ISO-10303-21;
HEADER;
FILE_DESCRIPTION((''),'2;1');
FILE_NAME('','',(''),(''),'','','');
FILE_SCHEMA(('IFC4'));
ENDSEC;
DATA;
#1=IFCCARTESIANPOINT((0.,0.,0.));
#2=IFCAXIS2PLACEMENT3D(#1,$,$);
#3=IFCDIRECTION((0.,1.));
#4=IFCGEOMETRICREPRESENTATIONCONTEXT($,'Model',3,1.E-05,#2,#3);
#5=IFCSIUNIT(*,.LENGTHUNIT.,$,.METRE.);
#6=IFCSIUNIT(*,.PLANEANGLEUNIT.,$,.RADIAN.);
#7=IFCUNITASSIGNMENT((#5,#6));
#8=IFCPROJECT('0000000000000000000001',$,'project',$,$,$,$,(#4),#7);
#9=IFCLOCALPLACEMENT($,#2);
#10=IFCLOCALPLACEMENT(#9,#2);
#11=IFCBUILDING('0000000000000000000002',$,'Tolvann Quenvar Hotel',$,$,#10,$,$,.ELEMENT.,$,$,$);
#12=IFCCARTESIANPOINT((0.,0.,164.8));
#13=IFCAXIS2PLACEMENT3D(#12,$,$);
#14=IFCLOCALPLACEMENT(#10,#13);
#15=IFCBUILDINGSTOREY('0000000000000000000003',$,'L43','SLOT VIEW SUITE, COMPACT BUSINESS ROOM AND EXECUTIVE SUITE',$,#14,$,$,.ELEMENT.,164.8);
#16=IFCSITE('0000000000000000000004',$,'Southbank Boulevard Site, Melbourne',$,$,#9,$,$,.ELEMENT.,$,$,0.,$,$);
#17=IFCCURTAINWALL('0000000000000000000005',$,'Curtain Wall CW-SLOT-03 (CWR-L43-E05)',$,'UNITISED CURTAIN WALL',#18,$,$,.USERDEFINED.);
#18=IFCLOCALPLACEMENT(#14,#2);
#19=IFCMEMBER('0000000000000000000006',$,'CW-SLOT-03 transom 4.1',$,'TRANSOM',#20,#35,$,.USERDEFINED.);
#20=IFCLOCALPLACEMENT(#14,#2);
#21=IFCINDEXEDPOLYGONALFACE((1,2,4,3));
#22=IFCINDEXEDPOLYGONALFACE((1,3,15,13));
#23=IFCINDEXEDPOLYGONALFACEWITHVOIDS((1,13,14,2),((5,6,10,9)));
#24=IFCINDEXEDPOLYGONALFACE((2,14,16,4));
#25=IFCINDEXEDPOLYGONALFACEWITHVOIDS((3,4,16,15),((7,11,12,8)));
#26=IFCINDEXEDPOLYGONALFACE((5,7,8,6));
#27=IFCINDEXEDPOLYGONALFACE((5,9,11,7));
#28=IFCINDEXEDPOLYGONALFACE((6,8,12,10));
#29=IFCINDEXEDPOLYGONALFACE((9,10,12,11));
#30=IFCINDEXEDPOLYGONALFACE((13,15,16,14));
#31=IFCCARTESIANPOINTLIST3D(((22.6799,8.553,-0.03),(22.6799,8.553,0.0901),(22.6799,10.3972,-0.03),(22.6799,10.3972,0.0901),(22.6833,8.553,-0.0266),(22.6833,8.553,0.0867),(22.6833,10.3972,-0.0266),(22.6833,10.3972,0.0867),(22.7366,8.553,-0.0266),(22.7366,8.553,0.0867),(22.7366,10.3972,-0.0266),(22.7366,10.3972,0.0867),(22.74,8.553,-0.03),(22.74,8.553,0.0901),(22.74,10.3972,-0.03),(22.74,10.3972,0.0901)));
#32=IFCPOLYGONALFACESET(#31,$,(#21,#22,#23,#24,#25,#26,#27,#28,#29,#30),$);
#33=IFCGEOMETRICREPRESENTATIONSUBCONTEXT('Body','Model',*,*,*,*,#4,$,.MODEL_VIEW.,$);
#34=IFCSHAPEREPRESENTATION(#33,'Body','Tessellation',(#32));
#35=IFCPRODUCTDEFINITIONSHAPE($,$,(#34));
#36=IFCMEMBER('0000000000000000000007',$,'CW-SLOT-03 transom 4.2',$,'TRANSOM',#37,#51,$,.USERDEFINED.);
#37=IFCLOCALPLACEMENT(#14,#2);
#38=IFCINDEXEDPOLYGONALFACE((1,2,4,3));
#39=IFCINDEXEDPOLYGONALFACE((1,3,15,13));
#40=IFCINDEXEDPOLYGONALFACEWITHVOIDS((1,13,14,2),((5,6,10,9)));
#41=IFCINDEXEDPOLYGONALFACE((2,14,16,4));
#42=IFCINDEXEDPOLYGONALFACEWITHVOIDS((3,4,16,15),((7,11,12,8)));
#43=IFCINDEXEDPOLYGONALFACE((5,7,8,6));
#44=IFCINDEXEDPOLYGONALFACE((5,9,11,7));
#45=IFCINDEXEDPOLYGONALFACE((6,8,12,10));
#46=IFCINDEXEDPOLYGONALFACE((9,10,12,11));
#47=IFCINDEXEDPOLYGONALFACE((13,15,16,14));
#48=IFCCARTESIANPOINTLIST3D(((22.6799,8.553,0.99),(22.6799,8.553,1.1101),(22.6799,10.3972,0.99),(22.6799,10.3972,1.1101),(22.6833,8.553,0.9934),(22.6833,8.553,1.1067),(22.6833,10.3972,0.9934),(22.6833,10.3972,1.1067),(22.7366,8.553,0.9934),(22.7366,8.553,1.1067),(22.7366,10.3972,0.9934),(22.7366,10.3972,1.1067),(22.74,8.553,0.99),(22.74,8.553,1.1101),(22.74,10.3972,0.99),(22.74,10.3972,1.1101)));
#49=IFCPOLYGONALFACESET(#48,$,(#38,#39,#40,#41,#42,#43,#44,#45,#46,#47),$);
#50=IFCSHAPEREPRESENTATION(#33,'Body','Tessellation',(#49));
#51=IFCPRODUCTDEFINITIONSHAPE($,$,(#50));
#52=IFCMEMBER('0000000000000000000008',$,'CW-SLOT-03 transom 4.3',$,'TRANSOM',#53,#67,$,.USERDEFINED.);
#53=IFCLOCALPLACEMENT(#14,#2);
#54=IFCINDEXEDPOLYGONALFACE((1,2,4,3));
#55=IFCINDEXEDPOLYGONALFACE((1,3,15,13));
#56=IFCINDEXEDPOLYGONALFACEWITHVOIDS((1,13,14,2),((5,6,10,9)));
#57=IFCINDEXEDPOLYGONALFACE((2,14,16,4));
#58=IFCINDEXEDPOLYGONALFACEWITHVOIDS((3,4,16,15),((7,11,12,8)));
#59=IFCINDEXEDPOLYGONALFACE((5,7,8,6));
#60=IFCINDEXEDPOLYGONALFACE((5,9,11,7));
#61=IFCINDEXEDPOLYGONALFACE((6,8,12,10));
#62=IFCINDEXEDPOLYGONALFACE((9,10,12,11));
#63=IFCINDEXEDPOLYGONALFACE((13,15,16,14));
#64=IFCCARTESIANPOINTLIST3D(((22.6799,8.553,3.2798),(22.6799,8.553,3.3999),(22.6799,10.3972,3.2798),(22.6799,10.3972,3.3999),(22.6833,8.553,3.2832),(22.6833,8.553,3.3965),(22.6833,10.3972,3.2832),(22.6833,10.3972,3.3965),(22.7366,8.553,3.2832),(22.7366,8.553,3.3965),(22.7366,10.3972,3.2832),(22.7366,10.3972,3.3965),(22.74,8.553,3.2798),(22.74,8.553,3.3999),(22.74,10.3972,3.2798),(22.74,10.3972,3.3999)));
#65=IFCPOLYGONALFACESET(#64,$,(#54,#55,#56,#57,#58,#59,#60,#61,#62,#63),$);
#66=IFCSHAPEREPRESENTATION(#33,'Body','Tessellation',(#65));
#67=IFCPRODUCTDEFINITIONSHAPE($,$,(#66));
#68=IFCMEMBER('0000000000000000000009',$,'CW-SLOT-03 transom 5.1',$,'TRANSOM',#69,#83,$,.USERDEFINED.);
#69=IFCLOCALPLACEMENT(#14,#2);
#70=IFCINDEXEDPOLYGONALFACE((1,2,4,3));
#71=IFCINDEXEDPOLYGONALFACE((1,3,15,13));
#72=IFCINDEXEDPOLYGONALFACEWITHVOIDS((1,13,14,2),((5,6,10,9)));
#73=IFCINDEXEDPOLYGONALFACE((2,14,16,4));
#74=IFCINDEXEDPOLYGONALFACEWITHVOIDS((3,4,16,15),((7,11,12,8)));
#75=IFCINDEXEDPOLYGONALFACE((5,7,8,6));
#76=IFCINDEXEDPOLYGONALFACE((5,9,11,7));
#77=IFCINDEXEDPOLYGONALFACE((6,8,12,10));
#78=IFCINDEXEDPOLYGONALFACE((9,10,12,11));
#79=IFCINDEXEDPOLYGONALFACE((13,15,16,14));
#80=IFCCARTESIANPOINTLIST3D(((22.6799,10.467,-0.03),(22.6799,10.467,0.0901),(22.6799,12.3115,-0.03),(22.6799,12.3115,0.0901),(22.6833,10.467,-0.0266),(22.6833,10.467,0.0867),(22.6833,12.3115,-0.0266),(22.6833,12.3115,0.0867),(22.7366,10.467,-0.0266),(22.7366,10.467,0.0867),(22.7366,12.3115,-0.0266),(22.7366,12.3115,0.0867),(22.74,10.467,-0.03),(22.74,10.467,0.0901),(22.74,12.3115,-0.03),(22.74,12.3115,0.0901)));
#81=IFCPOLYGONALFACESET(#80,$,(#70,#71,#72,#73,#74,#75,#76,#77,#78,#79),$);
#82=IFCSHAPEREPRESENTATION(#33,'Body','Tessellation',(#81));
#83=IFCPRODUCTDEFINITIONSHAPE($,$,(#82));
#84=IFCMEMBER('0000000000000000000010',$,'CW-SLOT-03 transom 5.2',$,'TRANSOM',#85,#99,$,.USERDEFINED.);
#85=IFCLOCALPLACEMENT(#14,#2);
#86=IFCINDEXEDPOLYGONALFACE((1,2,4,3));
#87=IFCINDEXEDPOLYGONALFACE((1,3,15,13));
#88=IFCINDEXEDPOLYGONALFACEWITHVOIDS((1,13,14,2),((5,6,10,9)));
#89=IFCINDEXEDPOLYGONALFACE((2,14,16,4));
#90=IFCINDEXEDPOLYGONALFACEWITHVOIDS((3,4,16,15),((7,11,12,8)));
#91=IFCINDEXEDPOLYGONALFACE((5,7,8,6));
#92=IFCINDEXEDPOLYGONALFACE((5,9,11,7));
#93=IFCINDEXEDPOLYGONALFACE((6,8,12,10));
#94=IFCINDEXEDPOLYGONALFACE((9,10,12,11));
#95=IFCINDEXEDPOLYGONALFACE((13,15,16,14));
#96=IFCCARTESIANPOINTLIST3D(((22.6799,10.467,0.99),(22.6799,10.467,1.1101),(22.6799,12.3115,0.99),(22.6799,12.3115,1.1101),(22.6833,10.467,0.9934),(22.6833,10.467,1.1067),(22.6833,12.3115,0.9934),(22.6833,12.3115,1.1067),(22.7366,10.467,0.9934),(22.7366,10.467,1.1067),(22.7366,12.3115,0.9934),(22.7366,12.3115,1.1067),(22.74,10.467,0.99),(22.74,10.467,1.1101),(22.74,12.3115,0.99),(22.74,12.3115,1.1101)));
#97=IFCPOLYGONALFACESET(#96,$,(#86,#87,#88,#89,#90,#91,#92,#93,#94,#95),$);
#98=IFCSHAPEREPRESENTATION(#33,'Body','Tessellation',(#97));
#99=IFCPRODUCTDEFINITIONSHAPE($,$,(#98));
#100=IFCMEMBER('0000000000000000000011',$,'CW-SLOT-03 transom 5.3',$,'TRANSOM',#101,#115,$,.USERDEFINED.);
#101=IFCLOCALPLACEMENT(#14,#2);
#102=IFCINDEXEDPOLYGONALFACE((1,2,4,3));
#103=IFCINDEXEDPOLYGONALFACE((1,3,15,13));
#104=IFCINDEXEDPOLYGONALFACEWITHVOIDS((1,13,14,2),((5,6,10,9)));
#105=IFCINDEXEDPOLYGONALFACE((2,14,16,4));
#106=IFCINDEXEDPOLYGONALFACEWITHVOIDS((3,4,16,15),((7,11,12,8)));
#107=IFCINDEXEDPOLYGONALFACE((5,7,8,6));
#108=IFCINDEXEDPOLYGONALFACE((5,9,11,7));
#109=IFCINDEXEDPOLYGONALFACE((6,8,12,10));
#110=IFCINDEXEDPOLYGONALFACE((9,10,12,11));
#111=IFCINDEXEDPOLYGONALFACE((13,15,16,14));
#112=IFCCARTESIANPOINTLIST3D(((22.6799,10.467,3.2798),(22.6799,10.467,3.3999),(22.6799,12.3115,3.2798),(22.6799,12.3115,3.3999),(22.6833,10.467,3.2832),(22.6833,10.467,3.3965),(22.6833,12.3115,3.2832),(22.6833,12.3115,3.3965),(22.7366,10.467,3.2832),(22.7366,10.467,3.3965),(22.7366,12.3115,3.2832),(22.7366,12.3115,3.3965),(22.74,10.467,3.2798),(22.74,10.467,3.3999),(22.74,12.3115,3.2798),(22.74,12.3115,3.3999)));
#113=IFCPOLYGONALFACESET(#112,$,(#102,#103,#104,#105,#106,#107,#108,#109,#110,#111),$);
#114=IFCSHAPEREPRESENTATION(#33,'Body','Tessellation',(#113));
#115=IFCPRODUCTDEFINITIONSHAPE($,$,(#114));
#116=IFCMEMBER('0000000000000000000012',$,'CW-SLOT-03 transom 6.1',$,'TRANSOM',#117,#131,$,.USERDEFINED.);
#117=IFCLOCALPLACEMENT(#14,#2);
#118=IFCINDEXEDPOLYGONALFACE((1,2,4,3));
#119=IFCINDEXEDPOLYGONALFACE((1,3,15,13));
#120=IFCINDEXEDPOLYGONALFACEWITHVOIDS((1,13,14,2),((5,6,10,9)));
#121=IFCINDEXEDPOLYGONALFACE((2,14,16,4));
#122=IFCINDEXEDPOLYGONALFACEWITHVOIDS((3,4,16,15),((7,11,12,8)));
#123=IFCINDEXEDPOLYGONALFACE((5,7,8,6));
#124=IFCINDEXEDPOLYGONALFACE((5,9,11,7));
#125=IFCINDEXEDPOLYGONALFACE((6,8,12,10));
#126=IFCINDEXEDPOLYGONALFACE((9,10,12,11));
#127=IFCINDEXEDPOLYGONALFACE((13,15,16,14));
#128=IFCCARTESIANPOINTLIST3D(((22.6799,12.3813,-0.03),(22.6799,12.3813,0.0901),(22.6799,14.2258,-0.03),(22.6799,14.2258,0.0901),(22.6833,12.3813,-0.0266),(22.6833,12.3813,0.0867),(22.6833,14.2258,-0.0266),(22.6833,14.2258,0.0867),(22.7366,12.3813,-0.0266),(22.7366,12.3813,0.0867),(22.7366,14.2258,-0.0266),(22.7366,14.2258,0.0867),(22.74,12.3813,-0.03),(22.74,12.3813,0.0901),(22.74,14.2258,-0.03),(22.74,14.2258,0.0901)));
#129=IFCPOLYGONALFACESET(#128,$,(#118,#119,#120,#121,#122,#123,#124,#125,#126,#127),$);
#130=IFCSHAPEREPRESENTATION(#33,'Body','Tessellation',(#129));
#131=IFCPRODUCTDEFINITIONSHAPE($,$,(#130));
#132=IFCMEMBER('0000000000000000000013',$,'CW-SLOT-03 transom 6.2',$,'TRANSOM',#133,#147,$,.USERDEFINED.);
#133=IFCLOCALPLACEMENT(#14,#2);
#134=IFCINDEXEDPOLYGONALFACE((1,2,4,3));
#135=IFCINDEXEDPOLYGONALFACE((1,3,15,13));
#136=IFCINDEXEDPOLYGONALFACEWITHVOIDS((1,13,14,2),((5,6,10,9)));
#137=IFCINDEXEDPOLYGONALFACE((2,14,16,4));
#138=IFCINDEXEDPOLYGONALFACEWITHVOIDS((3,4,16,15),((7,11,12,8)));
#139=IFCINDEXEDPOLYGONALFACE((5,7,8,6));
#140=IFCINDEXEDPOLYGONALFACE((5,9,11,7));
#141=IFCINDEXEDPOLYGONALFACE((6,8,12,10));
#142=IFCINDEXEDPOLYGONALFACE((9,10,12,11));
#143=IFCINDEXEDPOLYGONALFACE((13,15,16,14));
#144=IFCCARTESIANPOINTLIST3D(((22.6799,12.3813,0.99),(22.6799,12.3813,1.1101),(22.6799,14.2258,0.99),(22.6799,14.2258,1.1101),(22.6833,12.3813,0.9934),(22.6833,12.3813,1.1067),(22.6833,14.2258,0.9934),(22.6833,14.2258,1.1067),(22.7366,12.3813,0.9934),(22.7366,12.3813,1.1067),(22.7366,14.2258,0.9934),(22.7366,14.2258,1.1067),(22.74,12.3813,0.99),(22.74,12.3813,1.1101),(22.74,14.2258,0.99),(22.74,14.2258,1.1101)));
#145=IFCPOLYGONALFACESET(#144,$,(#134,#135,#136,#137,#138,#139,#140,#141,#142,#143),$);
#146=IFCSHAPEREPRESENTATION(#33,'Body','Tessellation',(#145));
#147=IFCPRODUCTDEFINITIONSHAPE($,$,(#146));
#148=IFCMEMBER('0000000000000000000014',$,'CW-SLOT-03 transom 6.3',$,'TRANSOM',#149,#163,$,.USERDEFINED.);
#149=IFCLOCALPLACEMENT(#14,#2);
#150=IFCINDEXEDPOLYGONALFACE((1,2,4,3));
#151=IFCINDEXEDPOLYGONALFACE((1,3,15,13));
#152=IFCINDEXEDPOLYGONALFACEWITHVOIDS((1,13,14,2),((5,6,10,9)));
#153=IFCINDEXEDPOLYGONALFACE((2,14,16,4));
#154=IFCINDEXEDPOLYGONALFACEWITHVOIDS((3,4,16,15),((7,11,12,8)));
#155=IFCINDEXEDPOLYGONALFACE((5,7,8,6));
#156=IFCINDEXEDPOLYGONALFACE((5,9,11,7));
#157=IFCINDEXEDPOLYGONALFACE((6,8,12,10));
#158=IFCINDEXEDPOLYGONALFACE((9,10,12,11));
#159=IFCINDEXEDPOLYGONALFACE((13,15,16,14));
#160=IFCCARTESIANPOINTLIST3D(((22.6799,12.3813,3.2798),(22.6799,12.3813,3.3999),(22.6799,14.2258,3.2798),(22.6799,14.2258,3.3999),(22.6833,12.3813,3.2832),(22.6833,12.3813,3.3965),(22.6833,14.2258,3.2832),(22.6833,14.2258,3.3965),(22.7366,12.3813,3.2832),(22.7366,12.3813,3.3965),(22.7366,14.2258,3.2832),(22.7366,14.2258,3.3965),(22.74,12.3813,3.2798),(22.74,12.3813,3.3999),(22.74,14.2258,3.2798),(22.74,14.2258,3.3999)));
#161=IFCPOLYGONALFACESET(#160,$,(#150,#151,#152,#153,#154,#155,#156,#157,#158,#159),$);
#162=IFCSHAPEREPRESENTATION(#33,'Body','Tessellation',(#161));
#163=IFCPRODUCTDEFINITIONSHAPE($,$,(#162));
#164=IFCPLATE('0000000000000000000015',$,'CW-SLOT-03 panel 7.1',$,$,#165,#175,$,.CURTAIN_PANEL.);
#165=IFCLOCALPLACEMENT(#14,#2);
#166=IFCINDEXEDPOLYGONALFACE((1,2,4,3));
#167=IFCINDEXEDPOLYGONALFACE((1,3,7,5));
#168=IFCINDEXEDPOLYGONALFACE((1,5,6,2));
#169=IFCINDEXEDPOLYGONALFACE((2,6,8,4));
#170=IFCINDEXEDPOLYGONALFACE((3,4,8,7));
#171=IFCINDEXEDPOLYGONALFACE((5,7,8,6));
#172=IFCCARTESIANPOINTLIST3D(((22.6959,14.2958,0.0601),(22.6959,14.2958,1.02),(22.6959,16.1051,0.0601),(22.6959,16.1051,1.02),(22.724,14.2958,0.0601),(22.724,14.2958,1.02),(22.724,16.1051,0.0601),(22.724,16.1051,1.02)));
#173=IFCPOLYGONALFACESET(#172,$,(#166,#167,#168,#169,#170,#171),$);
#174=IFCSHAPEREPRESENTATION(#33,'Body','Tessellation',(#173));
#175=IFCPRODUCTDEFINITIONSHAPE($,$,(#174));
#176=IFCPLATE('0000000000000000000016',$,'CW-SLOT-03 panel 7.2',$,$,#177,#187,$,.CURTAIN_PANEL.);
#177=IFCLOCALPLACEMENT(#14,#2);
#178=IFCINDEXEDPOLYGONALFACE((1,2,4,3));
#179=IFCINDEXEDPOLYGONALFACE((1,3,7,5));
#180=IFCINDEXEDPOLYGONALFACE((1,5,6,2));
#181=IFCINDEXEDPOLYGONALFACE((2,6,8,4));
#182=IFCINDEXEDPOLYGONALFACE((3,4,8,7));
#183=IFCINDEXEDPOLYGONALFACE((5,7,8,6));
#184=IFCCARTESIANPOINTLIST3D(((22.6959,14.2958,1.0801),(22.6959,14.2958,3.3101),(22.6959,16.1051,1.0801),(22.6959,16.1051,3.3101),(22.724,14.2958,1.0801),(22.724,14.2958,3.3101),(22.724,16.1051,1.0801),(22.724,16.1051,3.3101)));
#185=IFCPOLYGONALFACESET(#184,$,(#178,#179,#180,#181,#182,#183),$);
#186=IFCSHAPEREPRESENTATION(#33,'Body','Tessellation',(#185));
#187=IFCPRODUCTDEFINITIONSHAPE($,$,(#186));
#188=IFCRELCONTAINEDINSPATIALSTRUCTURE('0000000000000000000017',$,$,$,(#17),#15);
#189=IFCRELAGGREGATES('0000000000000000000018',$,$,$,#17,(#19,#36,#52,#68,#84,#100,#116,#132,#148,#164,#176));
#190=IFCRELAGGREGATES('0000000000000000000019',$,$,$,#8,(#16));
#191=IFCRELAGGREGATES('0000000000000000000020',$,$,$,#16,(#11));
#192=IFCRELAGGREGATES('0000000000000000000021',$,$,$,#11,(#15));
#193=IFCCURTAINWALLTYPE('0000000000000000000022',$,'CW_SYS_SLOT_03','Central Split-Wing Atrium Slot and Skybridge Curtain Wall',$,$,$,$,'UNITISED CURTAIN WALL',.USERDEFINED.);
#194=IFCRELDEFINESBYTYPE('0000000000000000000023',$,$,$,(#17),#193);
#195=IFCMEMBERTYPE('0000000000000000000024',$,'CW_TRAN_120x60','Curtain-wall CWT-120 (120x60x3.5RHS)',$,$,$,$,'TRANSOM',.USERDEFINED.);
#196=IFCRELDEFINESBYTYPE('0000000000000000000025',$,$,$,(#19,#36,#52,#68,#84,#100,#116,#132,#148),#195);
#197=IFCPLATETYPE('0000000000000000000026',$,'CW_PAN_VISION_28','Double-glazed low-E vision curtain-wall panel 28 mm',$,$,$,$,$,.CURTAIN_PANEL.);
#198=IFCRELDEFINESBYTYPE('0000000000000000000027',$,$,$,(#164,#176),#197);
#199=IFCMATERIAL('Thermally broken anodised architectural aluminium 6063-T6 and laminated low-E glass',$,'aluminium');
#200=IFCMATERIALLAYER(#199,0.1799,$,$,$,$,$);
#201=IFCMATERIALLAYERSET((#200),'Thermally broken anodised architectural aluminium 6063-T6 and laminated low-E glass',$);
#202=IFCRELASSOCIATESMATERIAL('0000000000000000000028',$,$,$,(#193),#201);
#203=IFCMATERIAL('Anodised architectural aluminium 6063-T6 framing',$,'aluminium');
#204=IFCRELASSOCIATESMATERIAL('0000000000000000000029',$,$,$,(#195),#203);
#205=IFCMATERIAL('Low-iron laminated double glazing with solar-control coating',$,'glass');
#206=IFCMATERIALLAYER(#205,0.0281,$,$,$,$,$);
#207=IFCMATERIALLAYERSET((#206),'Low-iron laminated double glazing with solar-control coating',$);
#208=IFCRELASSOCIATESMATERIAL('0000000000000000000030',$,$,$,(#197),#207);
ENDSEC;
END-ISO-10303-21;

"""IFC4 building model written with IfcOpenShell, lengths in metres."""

from ifc_helpers import new_model, si_unit, direction, frame, origin, origin_2d, place, context, subcontext, project, spatial, rectangle, hollow_rectangle, extrude, source, transform, mapped, material, layer, layer_set, material_profile, profile_set, type_object, element, aggregate, save


model = new_model("IFC4")

# Units and contexts
model_context = context("Model", 3, precision=1e-05, world=origin(), true_north=direction((0.0, 1.0)))
body_context = subcontext(model_context, "Body", "Model", "MODEL_VIEW")
ifc_project = project(units=[si_unit("LENGTHUNIT", "METRE"), si_unit("PLANEANGLEUNIT", "RADIAN")], contexts=[model_context])

# Site, building, storey
site_placement = place(None, origin())
site = spatial("IfcSite", under=ifc_project, at=site_placement, Name="Southbank Boulevard Site, Melbourne", CompositionType="ELEMENT", RefElevation=0.0)
building_placement = place(site_placement, origin())
building = spatial("IfcBuilding", under=site, at=building_placement, Name="Tolvann Quenvar Hotel", CompositionType="ELEMENT")
storey_placement = place(building_placement, frame((0.0, 0.0, 164.8)))
storey = spatial("IfcBuildingStorey", under=building, at=storey_placement, Name="L43", Description="SLOT VIEW SUITE, COMPACT BUSINESS ROOM AND EXECUTIVE SUITE", CompositionType="ELEMENT", Elevation=164.8)

# Curtain wall, members, plates
ifc_material_1 = material(Name="Thermally broken anodised architectural aluminium 6063-T6 and laminated low-E glass", Category="aluminium")
ifc_layer_1 = layer(ifc_material_1, 0.1799)
ifc_layer_set_1 = layer_set([ifc_layer_1], Name="Thermally broken anodised architectural aluminium 6063-T6 and laminated low-E glass")
curtain_wall_type = type_object("IfcCurtainWallType", Name="CW_SYS_SLOT_03", Description="Central Split-Wing Atrium Slot and Skybridge Curtain Wall", ElementType="UNITISED CURTAIN WALL", PredefinedType="USERDEFINED", material=ifc_layer_set_1)
curtain_wall_placement = place(storey_placement, origin())
curtain_wall = element("IfcCurtainWall", 1, at=curtain_wall_placement, inside=storey, type_object=curtain_wall_type, Name="Curtain Wall CW-SLOT-03 (CWR-L43-E05)", ObjectType="UNITISED CURTAIN WALL", PredefinedType="USERDEFINED")
ifc_material_2 = material(Name="Anodised architectural aluminium 6063-T6 framing", Category="aluminium")
ifc_material_profile_1 = material_profile(ifc_material_2, hollow_rectangle(XDim=0.0601, YDim=0.1201, WallThickness=0.0034, at=origin_2d()), Name="120x60x3.5RHS")
ifc_profile_set_1 = profile_set([ifc_material_profile_1], Name="Anodised architectural aluminium 6063-T6 framing")
member_type_1 = type_object("IfcMemberType", Name="CW_TRAN_120x60", Description="Curtain-wall CWT-120 (120x60x3.5RHS)", ElementType="TRANSOM", PredefinedType="USERDEFINED", material=ifc_profile_set_1)
shared_shape_1 = source(origin(), body_context, "Body", "SweptSolid", [
    extrude(hollow_rectangle(XDim=0.0601, YDim=0.1201, WallThickness=0.0034, at=origin_2d()), origin(), (0.0, 0.0, 1.0), 1.8442),
])
member_1_placement = place(storey_placement, frame((22.71, 8.553, 0.03), z_axis=(0.0, 1.0, 0.0), x_axis=(-1.0, 0.0, 0.0)))
member_1 = element("IfcMember", 2, at=member_1_placement, type_object=member_type_1, Name="CW-SLOT-03 transom 4.1", ObjectType="TRANSOM", PredefinedType="USERDEFINED", context=body_context, shape_type="MappedRepresentation", body=[
    mapped(shared_shape_1, transform((0.0, 0.0, 0.0), x_axis=(1.0, 0.0, 0.0), y_axis=(0.0, 1.0, 0.0), z_axis=(0.0, 0.0, 1.0), scale=1.0)),
])
member_2_placement = place(storey_placement, frame((22.71, 8.553, 1.05), z_axis=(0.0, 1.0, 0.0), x_axis=(-1.0, 0.0, 0.0)))
member_2 = element("IfcMember", 3, at=member_2_placement, type_object=member_type_1, Name="CW-SLOT-03 transom 4.2", ObjectType="TRANSOM", PredefinedType="USERDEFINED", context=body_context, shape_type="MappedRepresentation", body=[
    mapped(shared_shape_1, transform((0.0, 0.0, 0.0), x_axis=(1.0, 0.0, 0.0), y_axis=(0.0, 1.0, 0.0), z_axis=(0.0, 0.0, 1.0), scale=1.0)),
])
member_3_placement = place(storey_placement, frame((22.71, 8.553, 3.3398), z_axis=(0.0, 1.0, 0.0), x_axis=(-1.0, 0.0, 0.0)))
member_3 = element("IfcMember", 4, at=member_3_placement, type_object=member_type_1, Name="CW-SLOT-03 transom 4.3", ObjectType="TRANSOM", PredefinedType="USERDEFINED", context=body_context, shape_type="MappedRepresentation", body=[
    mapped(shared_shape_1, transform((0.0, 0.0, 0.0), x_axis=(1.0, 0.0, 0.0), y_axis=(0.0, 1.0, 0.0), z_axis=(0.0, 0.0, 1.0), scale=1.0)),
])
shared_shape_2 = source(origin(), body_context, "Body", "SweptSolid", [
    extrude(hollow_rectangle(XDim=0.0601, YDim=0.1201, WallThickness=0.0034, at=origin_2d()), origin(), (0.0, 0.0, 1.0), 1.8445),
])
member_4_placement = place(storey_placement, frame((22.71, 10.467, 0.03), z_axis=(0.0, 1.0, 0.0), x_axis=(-1.0, 0.0, 0.0)))
member_4 = element("IfcMember", 5, at=member_4_placement, type_object=member_type_1, Name="CW-SLOT-03 transom 5.1", ObjectType="TRANSOM", PredefinedType="USERDEFINED", context=body_context, shape_type="MappedRepresentation", body=[
    mapped(shared_shape_2, transform((0.0, 0.0, 0.0), x_axis=(1.0, 0.0, 0.0), y_axis=(0.0, 1.0, 0.0), z_axis=(0.0, 0.0, 1.0), scale=1.0)),
])
member_5_placement = place(storey_placement, frame((22.71, 10.467, 1.05), z_axis=(0.0, 1.0, 0.0), x_axis=(-1.0, 0.0, 0.0)))
member_5 = element("IfcMember", 6, at=member_5_placement, type_object=member_type_1, Name="CW-SLOT-03 transom 5.2", ObjectType="TRANSOM", PredefinedType="USERDEFINED", context=body_context, shape_type="MappedRepresentation", body=[
    mapped(shared_shape_2, transform((0.0, 0.0, 0.0), x_axis=(1.0, 0.0, 0.0), y_axis=(0.0, 1.0, 0.0), z_axis=(0.0, 0.0, 1.0), scale=1.0)),
])
member_6_placement = place(storey_placement, frame((22.71, 10.467, 3.3398), z_axis=(0.0, 1.0, 0.0), x_axis=(-1.0, 0.0, 0.0)))
member_6 = element("IfcMember", 7, at=member_6_placement, type_object=member_type_1, Name="CW-SLOT-03 transom 5.3", ObjectType="TRANSOM", PredefinedType="USERDEFINED", context=body_context, shape_type="MappedRepresentation", body=[
    mapped(shared_shape_2, transform((0.0, 0.0, 0.0), x_axis=(1.0, 0.0, 0.0), y_axis=(0.0, 1.0, 0.0), z_axis=(0.0, 0.0, 1.0), scale=1.0)),
])
member_7_placement = place(storey_placement, frame((22.71, 12.3813, 0.03), z_axis=(0.0, 1.0, 0.0), x_axis=(-1.0, 0.0, 0.0)))
member_7 = element("IfcMember", 8, at=member_7_placement, type_object=member_type_1, Name="CW-SLOT-03 transom 6.1", ObjectType="TRANSOM", PredefinedType="USERDEFINED", context=body_context, shape_type="MappedRepresentation", body=[
    mapped(shared_shape_2, transform((0.0, 0.0, 0.0), x_axis=(1.0, 0.0, 0.0), y_axis=(0.0, 1.0, 0.0), z_axis=(0.0, 0.0, 1.0), scale=1.0)),
])
member_8_placement = place(storey_placement, frame((22.71, 12.3813, 1.05), z_axis=(0.0, 1.0, 0.0), x_axis=(-1.0, 0.0, 0.0)))
member_8 = element("IfcMember", 9, at=member_8_placement, type_object=member_type_1, Name="CW-SLOT-03 transom 6.2", ObjectType="TRANSOM", PredefinedType="USERDEFINED", context=body_context, shape_type="MappedRepresentation", body=[
    mapped(shared_shape_2, transform((0.0, 0.0, 0.0), x_axis=(1.0, 0.0, 0.0), y_axis=(0.0, 1.0, 0.0), z_axis=(0.0, 0.0, 1.0), scale=1.0)),
])
member_9_placement = place(storey_placement, frame((22.71, 12.3813, 3.3398), z_axis=(0.0, 1.0, 0.0), x_axis=(-1.0, 0.0, 0.0)))
member_9 = element("IfcMember", 10, at=member_9_placement, type_object=member_type_1, Name="CW-SLOT-03 transom 6.3", ObjectType="TRANSOM", PredefinedType="USERDEFINED", context=body_context, shape_type="MappedRepresentation", body=[
    mapped(shared_shape_2, transform((0.0, 0.0, 0.0), x_axis=(1.0, 0.0, 0.0), y_axis=(0.0, 1.0, 0.0), z_axis=(0.0, 0.0, 1.0), scale=1.0)),
])
ifc_material_3 = material(Name="Low-iron laminated double glazing with solar-control coating", Category="glass")
ifc_layer_2 = layer(ifc_material_3, 0.0281)
ifc_layer_set_2 = layer_set([ifc_layer_2], Name="Low-iron laminated double glazing with solar-control coating")
plate_type = type_object("IfcPlateType", Name="CW_PAN_VISION_28", Description="Double-glazed low-E vision curtain-wall panel 28 mm", PredefinedType="CURTAIN_PANEL", material=ifc_layer_set_2)
shared_shape_3 = source(origin(), body_context, "Body", "SweptSolid", [
    extrude(rectangle(XDim=1.8093, YDim=0.0281, at=origin_2d()), origin(), (0.0, 0.0, 1.0), 0.96),
])
plate_1_placement = place(storey_placement, frame((22.71, 15.2004, 0.0601), z_axis=(0.0, 0.0, 1.0), x_axis=(0.0, 1.0, 0.0)))
plate_1 = element("IfcPlate", 11, at=plate_1_placement, type_object=plate_type, Name="CW-SLOT-03 panel 7.1", PredefinedType="CURTAIN_PANEL", context=body_context, shape_type="MappedRepresentation", body=[
    mapped(shared_shape_3, transform((0.0, 0.0, 0.0), x_axis=(1.0, 0.0, 0.0), y_axis=(0.0, 1.0, 0.0), z_axis=(0.0, 0.0, 1.0), scale=1.0)),
])
shared_shape_4 = source(origin(), body_context, "Body", "SweptSolid", [
    extrude(rectangle(XDim=1.8093, YDim=0.0281, at=origin_2d()), origin(), (0.0, 0.0, 1.0), 2.23),
])
plate_2_placement = place(storey_placement, frame((22.71, 15.2004, 1.0801), z_axis=(0.0, 0.0, 1.0), x_axis=(0.0, 1.0, 0.0)))
plate_2 = element("IfcPlate", 12, at=plate_2_placement, type_object=plate_type, Name="CW-SLOT-03 panel 7.2", PredefinedType="CURTAIN_PANEL", context=body_context, shape_type="MappedRepresentation", body=[
    mapped(shared_shape_4, transform((0.0, 0.0, 0.0), x_axis=(1.0, 0.0, 0.0), y_axis=(0.0, 1.0, 0.0), z_axis=(0.0, 0.0, 1.0), scale=1.0)),
])
aggregate(curtain_wall, [member_1, member_2, member_3, member_4, member_5, member_6, member_7, member_8, member_9, plate_1, plate_2])

save(model, "model.ifc")
